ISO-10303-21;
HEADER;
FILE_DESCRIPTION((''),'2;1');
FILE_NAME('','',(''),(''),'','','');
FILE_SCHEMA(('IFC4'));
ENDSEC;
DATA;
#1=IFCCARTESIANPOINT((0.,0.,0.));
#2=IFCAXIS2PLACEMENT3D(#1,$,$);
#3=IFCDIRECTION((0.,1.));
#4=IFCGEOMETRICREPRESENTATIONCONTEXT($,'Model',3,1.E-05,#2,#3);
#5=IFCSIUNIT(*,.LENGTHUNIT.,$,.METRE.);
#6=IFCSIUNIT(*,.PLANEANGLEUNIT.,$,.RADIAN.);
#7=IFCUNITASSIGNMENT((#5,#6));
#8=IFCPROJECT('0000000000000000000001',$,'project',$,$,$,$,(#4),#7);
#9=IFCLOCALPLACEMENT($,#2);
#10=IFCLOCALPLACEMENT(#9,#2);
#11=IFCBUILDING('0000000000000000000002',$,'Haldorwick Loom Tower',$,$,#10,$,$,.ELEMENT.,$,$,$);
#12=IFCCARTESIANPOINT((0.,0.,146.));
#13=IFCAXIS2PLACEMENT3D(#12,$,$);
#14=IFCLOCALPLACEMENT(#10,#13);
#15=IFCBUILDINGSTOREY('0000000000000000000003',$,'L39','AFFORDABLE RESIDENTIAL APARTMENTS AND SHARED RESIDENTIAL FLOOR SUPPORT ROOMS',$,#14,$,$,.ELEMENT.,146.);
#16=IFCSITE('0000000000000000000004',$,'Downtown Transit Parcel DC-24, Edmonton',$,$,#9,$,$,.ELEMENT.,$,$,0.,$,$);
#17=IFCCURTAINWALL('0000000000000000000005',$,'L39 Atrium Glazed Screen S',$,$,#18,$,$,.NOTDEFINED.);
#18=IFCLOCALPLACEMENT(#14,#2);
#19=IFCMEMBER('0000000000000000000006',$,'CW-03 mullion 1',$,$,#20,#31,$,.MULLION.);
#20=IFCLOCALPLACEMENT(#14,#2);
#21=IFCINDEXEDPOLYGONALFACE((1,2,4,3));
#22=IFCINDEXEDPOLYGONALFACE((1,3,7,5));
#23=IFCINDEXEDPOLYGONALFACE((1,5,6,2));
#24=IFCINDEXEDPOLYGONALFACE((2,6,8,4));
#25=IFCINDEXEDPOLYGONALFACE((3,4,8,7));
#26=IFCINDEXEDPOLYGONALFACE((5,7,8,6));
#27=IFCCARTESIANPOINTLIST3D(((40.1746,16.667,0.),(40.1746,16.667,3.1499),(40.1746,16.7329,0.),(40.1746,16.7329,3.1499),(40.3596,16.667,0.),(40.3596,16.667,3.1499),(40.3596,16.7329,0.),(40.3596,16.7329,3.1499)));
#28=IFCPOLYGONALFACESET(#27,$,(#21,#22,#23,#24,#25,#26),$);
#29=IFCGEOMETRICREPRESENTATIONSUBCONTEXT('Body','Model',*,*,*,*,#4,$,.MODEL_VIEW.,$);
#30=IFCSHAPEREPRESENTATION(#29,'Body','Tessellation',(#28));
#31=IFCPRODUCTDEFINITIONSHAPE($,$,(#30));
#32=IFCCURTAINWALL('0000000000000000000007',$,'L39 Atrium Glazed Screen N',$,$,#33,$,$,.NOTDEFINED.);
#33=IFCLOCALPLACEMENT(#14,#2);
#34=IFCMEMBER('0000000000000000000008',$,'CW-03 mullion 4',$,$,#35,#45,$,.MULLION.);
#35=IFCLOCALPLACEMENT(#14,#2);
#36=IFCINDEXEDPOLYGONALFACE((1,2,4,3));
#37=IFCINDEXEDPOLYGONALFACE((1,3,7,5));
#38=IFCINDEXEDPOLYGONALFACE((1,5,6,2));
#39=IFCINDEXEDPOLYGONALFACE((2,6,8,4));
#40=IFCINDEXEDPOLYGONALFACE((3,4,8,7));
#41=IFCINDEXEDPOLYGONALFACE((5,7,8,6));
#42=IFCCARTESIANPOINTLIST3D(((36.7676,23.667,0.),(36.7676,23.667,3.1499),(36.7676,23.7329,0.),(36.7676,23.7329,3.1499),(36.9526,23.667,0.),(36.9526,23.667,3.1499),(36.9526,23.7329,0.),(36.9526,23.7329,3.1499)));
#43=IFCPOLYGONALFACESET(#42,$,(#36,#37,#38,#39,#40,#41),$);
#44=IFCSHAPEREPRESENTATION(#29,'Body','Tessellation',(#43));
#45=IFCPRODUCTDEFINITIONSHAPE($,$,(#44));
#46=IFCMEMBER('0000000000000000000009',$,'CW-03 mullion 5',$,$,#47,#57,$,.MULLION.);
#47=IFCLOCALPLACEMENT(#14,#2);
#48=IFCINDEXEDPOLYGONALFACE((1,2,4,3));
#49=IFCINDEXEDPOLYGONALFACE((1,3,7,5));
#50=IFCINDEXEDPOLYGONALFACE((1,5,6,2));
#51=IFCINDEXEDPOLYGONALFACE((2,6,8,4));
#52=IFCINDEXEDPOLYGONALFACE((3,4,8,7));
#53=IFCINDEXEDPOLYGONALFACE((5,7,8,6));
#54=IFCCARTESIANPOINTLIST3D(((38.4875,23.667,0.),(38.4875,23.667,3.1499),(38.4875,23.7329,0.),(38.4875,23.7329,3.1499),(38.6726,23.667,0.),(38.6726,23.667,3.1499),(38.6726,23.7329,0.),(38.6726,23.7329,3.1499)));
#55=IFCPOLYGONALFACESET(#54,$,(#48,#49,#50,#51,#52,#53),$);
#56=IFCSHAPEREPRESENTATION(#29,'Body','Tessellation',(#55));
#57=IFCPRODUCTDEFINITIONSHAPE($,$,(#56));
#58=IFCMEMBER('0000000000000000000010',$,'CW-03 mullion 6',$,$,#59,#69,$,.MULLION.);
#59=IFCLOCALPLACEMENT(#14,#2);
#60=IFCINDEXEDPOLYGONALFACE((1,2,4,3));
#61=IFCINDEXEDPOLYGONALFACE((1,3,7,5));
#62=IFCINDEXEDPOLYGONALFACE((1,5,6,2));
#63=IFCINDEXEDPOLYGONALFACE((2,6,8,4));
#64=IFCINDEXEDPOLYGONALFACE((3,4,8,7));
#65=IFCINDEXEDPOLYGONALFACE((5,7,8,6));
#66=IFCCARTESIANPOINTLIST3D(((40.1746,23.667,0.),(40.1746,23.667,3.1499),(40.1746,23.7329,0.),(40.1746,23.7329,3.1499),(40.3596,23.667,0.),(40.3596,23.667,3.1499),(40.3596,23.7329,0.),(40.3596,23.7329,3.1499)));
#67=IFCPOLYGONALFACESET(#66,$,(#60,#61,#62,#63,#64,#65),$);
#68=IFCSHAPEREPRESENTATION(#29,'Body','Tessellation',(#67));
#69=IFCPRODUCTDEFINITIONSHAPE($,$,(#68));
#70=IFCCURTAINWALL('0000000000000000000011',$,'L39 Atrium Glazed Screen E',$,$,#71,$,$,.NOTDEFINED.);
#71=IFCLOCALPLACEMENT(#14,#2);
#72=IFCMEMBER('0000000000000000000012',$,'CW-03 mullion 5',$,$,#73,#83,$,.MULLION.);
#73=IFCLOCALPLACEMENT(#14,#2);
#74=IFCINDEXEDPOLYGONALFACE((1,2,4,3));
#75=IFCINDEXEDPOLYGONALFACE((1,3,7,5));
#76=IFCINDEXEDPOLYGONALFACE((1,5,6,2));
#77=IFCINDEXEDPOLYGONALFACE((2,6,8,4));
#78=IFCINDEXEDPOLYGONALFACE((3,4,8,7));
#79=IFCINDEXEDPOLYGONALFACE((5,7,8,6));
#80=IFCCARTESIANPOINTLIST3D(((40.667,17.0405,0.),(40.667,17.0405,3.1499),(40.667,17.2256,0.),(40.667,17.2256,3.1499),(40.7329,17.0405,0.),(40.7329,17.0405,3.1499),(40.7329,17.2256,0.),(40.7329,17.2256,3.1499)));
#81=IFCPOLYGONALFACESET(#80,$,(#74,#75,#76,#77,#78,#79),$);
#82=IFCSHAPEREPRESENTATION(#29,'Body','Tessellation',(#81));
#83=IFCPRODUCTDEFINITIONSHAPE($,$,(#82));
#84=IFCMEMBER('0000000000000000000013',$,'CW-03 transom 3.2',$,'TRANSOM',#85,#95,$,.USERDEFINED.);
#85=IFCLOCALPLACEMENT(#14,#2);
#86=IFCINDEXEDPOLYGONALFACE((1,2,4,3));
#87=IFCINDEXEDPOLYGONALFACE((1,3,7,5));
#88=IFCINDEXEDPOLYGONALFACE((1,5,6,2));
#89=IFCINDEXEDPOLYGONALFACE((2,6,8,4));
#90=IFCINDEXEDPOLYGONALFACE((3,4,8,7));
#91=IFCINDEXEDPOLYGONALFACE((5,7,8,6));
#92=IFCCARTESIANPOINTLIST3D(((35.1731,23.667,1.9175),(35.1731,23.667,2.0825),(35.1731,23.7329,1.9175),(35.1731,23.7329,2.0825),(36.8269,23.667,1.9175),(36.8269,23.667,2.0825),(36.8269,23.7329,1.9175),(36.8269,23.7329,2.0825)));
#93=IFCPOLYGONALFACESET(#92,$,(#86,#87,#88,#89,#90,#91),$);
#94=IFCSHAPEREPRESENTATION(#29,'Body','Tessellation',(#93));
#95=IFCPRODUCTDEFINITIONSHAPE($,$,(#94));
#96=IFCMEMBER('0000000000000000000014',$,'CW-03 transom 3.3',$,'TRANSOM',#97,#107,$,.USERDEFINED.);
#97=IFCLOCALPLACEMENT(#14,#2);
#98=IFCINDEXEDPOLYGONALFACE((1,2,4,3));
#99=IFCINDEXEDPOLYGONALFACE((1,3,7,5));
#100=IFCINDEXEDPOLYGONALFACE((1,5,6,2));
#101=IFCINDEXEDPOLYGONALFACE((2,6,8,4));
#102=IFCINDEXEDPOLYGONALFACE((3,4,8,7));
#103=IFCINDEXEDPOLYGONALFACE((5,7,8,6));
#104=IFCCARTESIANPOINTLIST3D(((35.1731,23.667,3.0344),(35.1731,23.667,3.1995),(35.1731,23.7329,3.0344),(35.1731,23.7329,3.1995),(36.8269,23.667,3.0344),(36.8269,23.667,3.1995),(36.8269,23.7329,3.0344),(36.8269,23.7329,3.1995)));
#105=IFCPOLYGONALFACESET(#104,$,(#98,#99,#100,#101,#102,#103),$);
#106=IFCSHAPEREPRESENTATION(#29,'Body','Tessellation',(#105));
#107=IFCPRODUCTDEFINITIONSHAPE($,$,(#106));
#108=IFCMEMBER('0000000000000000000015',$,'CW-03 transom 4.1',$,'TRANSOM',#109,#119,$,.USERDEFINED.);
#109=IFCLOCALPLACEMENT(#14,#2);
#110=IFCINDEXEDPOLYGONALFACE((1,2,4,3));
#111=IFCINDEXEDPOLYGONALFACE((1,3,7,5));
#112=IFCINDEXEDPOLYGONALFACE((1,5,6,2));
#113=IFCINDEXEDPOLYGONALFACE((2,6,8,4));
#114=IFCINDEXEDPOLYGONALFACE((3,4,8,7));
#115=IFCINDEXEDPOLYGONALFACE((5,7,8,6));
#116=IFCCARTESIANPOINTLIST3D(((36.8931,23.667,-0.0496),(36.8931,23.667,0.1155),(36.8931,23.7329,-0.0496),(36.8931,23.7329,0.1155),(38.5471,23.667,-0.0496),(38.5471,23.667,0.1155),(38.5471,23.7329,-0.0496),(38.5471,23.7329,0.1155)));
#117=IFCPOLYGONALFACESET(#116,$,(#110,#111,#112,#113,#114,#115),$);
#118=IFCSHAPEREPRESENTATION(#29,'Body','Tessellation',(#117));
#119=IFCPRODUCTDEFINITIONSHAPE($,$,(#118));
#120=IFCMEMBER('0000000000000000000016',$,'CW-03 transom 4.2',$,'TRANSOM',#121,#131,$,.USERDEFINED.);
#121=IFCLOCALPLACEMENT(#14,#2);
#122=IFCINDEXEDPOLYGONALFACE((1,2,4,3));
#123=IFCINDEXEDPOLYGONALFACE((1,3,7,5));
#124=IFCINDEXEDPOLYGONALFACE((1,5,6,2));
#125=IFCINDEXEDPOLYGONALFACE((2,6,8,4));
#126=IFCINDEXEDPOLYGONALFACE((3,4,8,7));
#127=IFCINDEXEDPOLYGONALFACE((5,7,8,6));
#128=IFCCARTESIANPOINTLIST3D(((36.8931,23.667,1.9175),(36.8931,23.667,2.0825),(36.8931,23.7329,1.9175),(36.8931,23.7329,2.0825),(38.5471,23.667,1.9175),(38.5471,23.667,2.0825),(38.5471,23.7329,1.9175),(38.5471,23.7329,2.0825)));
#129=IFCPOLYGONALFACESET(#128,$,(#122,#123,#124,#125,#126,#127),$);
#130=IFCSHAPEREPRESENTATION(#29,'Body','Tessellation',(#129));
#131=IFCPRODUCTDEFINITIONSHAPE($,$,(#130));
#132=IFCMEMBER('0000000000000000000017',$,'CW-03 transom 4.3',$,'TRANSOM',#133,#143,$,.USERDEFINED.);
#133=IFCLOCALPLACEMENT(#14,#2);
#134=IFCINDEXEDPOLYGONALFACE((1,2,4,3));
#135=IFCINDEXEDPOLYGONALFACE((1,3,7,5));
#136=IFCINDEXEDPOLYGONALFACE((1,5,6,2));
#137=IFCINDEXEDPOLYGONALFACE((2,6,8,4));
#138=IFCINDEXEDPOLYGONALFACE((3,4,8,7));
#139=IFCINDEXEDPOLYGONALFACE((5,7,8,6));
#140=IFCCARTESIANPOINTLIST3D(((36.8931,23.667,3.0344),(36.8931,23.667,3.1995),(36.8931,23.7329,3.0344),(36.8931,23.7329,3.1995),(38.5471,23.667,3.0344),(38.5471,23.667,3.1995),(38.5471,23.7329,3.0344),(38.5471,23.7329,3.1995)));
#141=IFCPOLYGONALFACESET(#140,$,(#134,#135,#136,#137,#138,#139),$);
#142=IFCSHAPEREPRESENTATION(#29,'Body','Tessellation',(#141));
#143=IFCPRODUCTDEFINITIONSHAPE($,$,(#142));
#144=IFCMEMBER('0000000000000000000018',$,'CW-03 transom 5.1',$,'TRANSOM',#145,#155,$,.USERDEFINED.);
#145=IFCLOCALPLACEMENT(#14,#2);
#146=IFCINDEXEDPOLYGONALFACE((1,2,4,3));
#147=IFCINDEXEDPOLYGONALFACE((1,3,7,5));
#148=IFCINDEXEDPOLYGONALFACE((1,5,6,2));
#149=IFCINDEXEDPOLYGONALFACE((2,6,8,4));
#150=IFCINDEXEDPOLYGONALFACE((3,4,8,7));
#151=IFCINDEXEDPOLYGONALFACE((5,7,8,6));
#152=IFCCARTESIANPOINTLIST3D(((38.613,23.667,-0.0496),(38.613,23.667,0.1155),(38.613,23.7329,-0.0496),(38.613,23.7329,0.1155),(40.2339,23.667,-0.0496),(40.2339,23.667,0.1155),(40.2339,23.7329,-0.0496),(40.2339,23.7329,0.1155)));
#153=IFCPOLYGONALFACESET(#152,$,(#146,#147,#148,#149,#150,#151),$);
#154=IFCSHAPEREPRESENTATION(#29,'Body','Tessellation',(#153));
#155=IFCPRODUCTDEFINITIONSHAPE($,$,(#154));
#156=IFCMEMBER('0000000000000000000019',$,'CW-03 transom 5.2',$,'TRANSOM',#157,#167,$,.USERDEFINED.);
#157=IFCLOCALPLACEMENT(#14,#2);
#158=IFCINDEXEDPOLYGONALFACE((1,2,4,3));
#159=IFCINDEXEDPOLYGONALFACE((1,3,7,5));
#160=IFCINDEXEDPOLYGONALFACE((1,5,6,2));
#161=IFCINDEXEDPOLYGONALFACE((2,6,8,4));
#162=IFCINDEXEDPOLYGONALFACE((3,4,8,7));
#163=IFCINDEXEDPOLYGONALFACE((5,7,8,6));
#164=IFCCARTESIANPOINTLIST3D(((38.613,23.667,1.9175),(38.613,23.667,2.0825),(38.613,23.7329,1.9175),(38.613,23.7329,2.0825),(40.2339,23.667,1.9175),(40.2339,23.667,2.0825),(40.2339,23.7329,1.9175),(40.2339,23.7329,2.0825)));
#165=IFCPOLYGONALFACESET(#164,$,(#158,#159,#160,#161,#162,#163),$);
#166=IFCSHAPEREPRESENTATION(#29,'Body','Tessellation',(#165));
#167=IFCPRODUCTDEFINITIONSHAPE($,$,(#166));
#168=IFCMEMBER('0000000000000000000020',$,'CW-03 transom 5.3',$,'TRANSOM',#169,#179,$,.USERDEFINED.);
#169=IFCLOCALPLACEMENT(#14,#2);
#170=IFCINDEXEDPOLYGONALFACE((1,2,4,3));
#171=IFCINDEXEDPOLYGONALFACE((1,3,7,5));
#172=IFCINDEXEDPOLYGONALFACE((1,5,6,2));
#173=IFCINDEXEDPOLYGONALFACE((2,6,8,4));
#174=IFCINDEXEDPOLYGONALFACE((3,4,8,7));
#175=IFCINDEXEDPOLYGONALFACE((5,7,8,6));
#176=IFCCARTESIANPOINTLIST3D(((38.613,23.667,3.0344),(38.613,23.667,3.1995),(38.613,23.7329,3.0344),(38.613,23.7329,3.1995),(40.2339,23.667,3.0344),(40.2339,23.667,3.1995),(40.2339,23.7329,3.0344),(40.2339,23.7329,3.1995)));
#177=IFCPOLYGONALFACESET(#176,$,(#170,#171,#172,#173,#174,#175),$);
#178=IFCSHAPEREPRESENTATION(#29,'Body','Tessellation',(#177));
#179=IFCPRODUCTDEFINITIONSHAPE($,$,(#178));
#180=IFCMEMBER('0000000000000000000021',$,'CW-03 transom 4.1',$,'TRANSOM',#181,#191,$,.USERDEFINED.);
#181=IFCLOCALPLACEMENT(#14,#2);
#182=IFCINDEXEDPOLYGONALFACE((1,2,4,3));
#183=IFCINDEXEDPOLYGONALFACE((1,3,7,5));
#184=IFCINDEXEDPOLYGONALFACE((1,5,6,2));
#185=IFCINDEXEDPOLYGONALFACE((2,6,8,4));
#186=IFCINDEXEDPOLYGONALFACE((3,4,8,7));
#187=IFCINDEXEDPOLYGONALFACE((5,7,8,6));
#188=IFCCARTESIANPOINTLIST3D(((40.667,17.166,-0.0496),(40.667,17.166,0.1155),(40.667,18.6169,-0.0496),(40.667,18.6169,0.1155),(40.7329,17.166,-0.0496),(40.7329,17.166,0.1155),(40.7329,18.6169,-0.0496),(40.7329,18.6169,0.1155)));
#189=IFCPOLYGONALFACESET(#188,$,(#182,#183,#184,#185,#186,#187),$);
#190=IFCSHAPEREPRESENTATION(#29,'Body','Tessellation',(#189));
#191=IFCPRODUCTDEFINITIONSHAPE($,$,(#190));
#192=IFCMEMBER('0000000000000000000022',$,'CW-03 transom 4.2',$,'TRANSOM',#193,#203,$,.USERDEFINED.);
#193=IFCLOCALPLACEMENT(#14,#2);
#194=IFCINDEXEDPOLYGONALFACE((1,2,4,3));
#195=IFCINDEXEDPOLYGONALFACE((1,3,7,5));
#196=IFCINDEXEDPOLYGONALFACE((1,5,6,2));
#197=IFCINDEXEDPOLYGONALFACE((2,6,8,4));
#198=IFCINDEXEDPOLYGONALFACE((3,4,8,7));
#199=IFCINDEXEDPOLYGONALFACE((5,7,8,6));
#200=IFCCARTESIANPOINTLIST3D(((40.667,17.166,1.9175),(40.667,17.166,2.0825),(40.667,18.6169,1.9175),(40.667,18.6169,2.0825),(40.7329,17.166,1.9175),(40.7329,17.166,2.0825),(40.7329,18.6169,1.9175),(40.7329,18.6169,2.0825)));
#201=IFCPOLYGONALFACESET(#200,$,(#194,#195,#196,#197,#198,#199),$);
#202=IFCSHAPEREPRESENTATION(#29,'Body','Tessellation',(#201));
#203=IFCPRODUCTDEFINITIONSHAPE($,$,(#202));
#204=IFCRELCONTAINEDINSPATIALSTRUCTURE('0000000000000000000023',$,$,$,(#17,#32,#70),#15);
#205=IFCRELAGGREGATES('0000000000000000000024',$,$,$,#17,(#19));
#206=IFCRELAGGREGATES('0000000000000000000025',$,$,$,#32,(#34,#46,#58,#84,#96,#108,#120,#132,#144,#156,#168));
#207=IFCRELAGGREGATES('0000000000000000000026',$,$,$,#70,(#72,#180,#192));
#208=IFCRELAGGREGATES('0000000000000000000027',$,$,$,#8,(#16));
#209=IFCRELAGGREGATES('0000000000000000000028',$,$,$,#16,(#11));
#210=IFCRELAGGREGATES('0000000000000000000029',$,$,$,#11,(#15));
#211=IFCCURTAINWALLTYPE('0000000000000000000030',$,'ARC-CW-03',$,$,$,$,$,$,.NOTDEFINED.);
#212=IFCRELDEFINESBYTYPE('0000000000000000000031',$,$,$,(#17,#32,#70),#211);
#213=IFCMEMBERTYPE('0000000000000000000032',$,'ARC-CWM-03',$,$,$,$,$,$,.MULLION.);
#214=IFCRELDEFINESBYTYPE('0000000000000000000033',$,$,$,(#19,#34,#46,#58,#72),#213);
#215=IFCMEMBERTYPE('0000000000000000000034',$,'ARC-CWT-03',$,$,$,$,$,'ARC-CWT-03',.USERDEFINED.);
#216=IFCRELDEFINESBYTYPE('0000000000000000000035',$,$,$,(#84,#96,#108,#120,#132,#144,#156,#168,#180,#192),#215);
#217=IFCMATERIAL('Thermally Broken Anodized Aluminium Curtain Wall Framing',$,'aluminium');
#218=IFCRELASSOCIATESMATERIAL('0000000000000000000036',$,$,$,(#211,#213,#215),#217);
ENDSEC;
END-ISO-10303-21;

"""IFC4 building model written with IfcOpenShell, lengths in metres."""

from ifc_helpers import new_model, si_unit, direction, frame, origin, origin_2d, place, context, subcontext, project, spatial, rectangle, extrude, material, material_profile, profile_set, type_object, element, aggregate, save


model = new_model("IFC4")

# Units and contexts
model_context = context("Model", 3, precision=1e-05, world=origin(), true_north=direction((0.0, 1.0)))
body_context = subcontext(model_context, "Body", "Model", "MODEL_VIEW")
ifc_project = project(units=[si_unit("LENGTHUNIT", "METRE"), si_unit("PLANEANGLEUNIT", "RADIAN")], contexts=[model_context])

# Site, building, storey
site_placement = place(None, origin())
site = spatial("IfcSite", under=ifc_project, at=site_placement, Name="Downtown Transit Parcel DC-24, Edmonton", CompositionType="ELEMENT", RefElevation=0.0)
building_placement = place(site_placement, origin())
building = spatial("IfcBuilding", under=site, at=building_placement, Name="Haldorwick Loom Tower", CompositionType="ELEMENT")
storey_placement = place(building_placement, frame((0.0, 0.0, 146.0)))
storey = spatial("IfcBuildingStorey", under=building, at=storey_placement, Name="L39", Description="AFFORDABLE RESIDENTIAL APARTMENTS AND SHARED RESIDENTIAL FLOOR SUPPORT ROOMS", CompositionType="ELEMENT", Elevation=146.0)

# Curtain wall, member
ifc_material_1 = material(Name="Thermally Broken Anodized Aluminium Curtain Wall Framing", Category="aluminium")
curtain_wall_type = type_object("IfcCurtainWallType", Name="ARC-CW-03", PredefinedType="NOTDEFINED", material=ifc_material_1)
curtain_wall_1_placement = place(storey_placement, origin())
curtain_wall_1 = element("IfcCurtainWall", 1, at=curtain_wall_1_placement, inside=storey, type_object=curtain_wall_type, Name="L39 Atrium Glazed Screen S", PredefinedType="NOTDEFINED")
ifc_material_profile_1 = material_profile(ifc_material_1, rectangle(XDim=0.0659, YDim=0.1851, at=origin_2d()), Name="ALU_MUL_66X185", Category="aluminium")
ifc_profile_set_1 = profile_set([ifc_material_profile_1], Name="Thermally Broken Anodized Aluminium Curtain Wall Framing")
member_type_1 = type_object("IfcMemberType", Name="ARC-CWM-03", PredefinedType="MULLION", material=ifc_profile_set_1)
member_1_placement = place(storey_placement, frame((40.2671, 16.7, 0.0), z_axis=(0.0, 0.0, 1.0), x_axis=(0.0, -1.0, 0.0)))
member_1 = element("IfcMember", 2, at=member_1_placement, type_object=member_type_1, Name="CW-03 mullion 1", PredefinedType="MULLION", context=body_context, shape_type="SweptSolid", body=[
    extrude(rectangle(XDim=0.0659, YDim=0.1851, at=origin_2d()), origin(), (0.0, 0.0, 1.0), 3.1499),
])
aggregate(curtain_wall_1, [member_1])

# Curtain wall, members
curtain_wall_2_placement = place(storey_placement, origin())
curtain_wall_2 = element("IfcCurtainWall", 3, at=curtain_wall_2_placement, inside=storey, type_object=curtain_wall_type, Name="L39 Atrium Glazed Screen N", PredefinedType="NOTDEFINED")
member_2_placement = place(storey_placement, frame((36.8601, 23.7, 0.0), z_axis=(0.0, 0.0, 1.0), x_axis=(0.0, 1.0, 0.0)))
member_2 = element("IfcMember", 4, at=member_2_placement, type_object=member_type_1, Name="CW-03 mullion 4", PredefinedType="MULLION", context=body_context, shape_type="SweptSolid", body=[
    extrude(rectangle(XDim=0.0659, YDim=0.1851, at=origin_2d()), origin(), (0.0, 0.0, 1.0), 3.1499),
])
member_3_placement = place(storey_placement, frame((38.5801, 23.7, 0.0), z_axis=(0.0, 0.0, 1.0), x_axis=(0.0, 1.0, 0.0)))
member_3 = element("IfcMember", 5, at=member_3_placement, type_object=member_type_1, Name="CW-03 mullion 5", PredefinedType="MULLION", context=body_context, shape_type="SweptSolid", body=[
    extrude(rectangle(XDim=0.0659, YDim=0.1851, at=origin_2d()), origin(), (0.0, 0.0, 1.0), 3.1499),
])
member_4_placement = place(storey_placement, frame((40.2671, 23.7, 0.0), z_axis=(0.0, 0.0, 1.0), x_axis=(0.0, 1.0, 0.0)))
member_4 = element("IfcMember", 6, at=member_4_placement, type_object=member_type_1, Name="CW-03 mullion 6", PredefinedType="MULLION", context=body_context, shape_type="SweptSolid", body=[
    extrude(rectangle(XDim=0.0659, YDim=0.1851, at=origin_2d()), origin(), (0.0, 0.0, 1.0), 3.1499),
])

# Curtain wall, member
curtain_wall_3_placement = place(storey_placement, origin())
curtain_wall_3 = element("IfcCurtainWall", 7, at=curtain_wall_3_placement, inside=storey, type_object=curtain_wall_type, Name="L39 Atrium Glazed Screen E", PredefinedType="NOTDEFINED")
member_5_placement = place(storey_placement, frame((40.7, 17.1331, 0.0), z_axis=(0.0, 0.0, 1.0), x_axis=(1.0, 0.0, 0.0)))
member_5 = element("IfcMember", 8, at=member_5_placement, type_object=member_type_1, Name="CW-03 mullion 5", PredefinedType="MULLION", context=body_context, shape_type="SweptSolid", body=[
    extrude(rectangle(XDim=0.0659, YDim=0.1851, at=origin_2d()), origin(), (0.0, 0.0, 1.0), 3.1499),
])

# Members
ifc_material_profile_2 = material_profile(ifc_material_1, rectangle(XDim=0.0659, YDim=0.165, at=origin_2d()), Name="ALU_TRN_66X165", Category="aluminium")
ifc_profile_set_2 = profile_set([ifc_material_profile_2], Name="Thermally Broken Anodized Aluminium Curtain Wall Framing")
member_type_2 = type_object("IfcMemberType", Name="ARC-CWT-03", ElementType="ARC-CWT-03", PredefinedType="USERDEFINED", material=ifc_profile_set_2)
member_6_placement = place(storey_placement, frame((35.1731, 23.7, 2.0), z_axis=(1.0, 0.0, 0.0), x_axis=(0.0, 1.0, 0.0)))
member_6 = element("IfcMember", 9, at=member_6_placement, type_object=member_type_2, Name="CW-03 transom 3.2", ObjectType="TRANSOM", PredefinedType="USERDEFINED", context=body_context, shape_type="SweptSolid", body=[
    extrude(rectangle(XDim=0.0659, YDim=0.165, at=origin_2d()), origin(), (0.0, 0.0, 1.0), 1.6538),
])
member_7_placement = place(storey_placement, frame((35.1731, 23.7, 3.1169), z_axis=(1.0, 0.0, 0.0), x_axis=(0.0, 1.0, 0.0)))
member_7 = element("IfcMember", 10, at=member_7_placement, type_object=member_type_2, Name="CW-03 transom 3.3", ObjectType="TRANSOM", PredefinedType="USERDEFINED", context=body_context, shape_type="SweptSolid", body=[
    extrude(rectangle(XDim=0.0659, YDim=0.165, at=origin_2d()), origin(), (0.0, 0.0, 1.0), 1.6538),
])
member_8_placement = place(storey_placement, frame((36.8931, 23.7, 0.033), z_axis=(1.0, 0.0, 0.0), x_axis=(0.0, 1.0, 0.0)))
member_8 = element("IfcMember", 11, at=member_8_placement, type_object=member_type_2, Name="CW-03 transom 4.1", ObjectType="TRANSOM", PredefinedType="USERDEFINED", context=body_context, shape_type="SweptSolid", body=[
    extrude(rectangle(XDim=0.0659, YDim=0.165, at=origin_2d()), origin(), (0.0, 0.0, 1.0), 1.6541),
])
member_9_placement = place(storey_placement, frame((36.8931, 23.7, 2.0), z_axis=(1.0, 0.0, 0.0), x_axis=(0.0, 1.0, 0.0)))
member_9 = element("IfcMember", 12, at=member_9_placement, type_object=member_type_2, Name="CW-03 transom 4.2", ObjectType="TRANSOM", PredefinedType="USERDEFINED", context=body_context, shape_type="SweptSolid", body=[
    extrude(rectangle(XDim=0.0659, YDim=0.165, at=origin_2d()), origin(), (0.0, 0.0, 1.0), 1.6541),
])
member_10_placement = place(storey_placement, frame((36.8931, 23.7, 3.1169), z_axis=(1.0, 0.0, 0.0), x_axis=(0.0, 1.0, 0.0)))
member_10 = element("IfcMember", 13, at=member_10_placement, type_object=member_type_2, Name="CW-03 transom 4.3", ObjectType="TRANSOM", PredefinedType="USERDEFINED", context=body_context, shape_type="SweptSolid", body=[
    extrude(rectangle(XDim=0.0659, YDim=0.165, at=origin_2d()), origin(), (0.0, 0.0, 1.0), 1.6541),
])
member_11_placement = place(storey_placement, frame((38.613, 23.7, 0.033), z_axis=(1.0, 0.0, 0.0), x_axis=(0.0, 1.0, 0.0)))
member_11 = element("IfcMember", 14, at=member_11_placement, type_object=member_type_2, Name="CW-03 transom 5.1", ObjectType="TRANSOM", PredefinedType="USERDEFINED", context=body_context, shape_type="SweptSolid", body=[
    extrude(rectangle(XDim=0.0659, YDim=0.165, at=origin_2d()), origin(), (0.0, 0.0, 1.0), 1.6208),
])
member_12_placement = place(storey_placement, frame((38.613, 23.7, 2.0), z_axis=(1.0, 0.0, 0.0), x_axis=(0.0, 1.0, 0.0)))
member_12 = element("IfcMember", 15, at=member_12_placement, type_object=member_type_2, Name="CW-03 transom 5.2", ObjectType="TRANSOM", PredefinedType="USERDEFINED", context=body_context, shape_type="SweptSolid", body=[
    extrude(rectangle(XDim=0.0659, YDim=0.165, at=origin_2d()), origin(), (0.0, 0.0, 1.0), 1.6208),
])
member_13_placement = place(storey_placement, frame((38.613, 23.7, 3.1169), z_axis=(1.0, 0.0, 0.0), x_axis=(0.0, 1.0, 0.0)))
member_13 = element("IfcMember", 16, at=member_13_placement, type_object=member_type_2, Name="CW-03 transom 5.3", ObjectType="TRANSOM", PredefinedType="USERDEFINED", context=body_context, shape_type="SweptSolid", body=[
    extrude(rectangle(XDim=0.0659, YDim=0.165, at=origin_2d()), origin(), (0.0, 0.0, 1.0), 1.6208),
])
member_14_placement = place(storey_placement, frame((40.7, 18.6169, 0.033), z_axis=(0.0, -1.0, 0.0), x_axis=(1.0, 0.0, 0.0)))
member_14 = element("IfcMember", 17, at=member_14_placement, type_object=member_type_2, Name="CW-03 transom 4.1", ObjectType="TRANSOM", PredefinedType="USERDEFINED", context=body_context, shape_type="SweptSolid", body=[
    extrude(rectangle(XDim=0.0659, YDim=0.165, at=origin_2d()), origin(), (0.0, 0.0, 1.0), 1.4509),
])
member_15_placement = place(storey_placement, frame((40.7, 18.6169, 2.0), z_axis=(0.0, -1.0, 0.0), x_axis=(1.0, 0.0, 0.0)))
member_15 = element("IfcMember", 18, at=member_15_placement, type_object=member_type_2, Name="CW-03 transom 4.2", ObjectType="TRANSOM", PredefinedType="USERDEFINED", context=body_context, shape_type="SweptSolid", body=[
    extrude(rectangle(XDim=0.0659, YDim=0.165, at=origin_2d()), origin(), (0.0, 0.0, 1.0), 1.4509),
])

aggregate(curtain_wall_2, [member_2, member_3, member_4, member_6, member_7, member_8, member_9, member_10, member_11, member_12, member_13])
aggregate(curtain_wall_3, [member_5, member_14, member_15])

save(model, "model.ifc")
